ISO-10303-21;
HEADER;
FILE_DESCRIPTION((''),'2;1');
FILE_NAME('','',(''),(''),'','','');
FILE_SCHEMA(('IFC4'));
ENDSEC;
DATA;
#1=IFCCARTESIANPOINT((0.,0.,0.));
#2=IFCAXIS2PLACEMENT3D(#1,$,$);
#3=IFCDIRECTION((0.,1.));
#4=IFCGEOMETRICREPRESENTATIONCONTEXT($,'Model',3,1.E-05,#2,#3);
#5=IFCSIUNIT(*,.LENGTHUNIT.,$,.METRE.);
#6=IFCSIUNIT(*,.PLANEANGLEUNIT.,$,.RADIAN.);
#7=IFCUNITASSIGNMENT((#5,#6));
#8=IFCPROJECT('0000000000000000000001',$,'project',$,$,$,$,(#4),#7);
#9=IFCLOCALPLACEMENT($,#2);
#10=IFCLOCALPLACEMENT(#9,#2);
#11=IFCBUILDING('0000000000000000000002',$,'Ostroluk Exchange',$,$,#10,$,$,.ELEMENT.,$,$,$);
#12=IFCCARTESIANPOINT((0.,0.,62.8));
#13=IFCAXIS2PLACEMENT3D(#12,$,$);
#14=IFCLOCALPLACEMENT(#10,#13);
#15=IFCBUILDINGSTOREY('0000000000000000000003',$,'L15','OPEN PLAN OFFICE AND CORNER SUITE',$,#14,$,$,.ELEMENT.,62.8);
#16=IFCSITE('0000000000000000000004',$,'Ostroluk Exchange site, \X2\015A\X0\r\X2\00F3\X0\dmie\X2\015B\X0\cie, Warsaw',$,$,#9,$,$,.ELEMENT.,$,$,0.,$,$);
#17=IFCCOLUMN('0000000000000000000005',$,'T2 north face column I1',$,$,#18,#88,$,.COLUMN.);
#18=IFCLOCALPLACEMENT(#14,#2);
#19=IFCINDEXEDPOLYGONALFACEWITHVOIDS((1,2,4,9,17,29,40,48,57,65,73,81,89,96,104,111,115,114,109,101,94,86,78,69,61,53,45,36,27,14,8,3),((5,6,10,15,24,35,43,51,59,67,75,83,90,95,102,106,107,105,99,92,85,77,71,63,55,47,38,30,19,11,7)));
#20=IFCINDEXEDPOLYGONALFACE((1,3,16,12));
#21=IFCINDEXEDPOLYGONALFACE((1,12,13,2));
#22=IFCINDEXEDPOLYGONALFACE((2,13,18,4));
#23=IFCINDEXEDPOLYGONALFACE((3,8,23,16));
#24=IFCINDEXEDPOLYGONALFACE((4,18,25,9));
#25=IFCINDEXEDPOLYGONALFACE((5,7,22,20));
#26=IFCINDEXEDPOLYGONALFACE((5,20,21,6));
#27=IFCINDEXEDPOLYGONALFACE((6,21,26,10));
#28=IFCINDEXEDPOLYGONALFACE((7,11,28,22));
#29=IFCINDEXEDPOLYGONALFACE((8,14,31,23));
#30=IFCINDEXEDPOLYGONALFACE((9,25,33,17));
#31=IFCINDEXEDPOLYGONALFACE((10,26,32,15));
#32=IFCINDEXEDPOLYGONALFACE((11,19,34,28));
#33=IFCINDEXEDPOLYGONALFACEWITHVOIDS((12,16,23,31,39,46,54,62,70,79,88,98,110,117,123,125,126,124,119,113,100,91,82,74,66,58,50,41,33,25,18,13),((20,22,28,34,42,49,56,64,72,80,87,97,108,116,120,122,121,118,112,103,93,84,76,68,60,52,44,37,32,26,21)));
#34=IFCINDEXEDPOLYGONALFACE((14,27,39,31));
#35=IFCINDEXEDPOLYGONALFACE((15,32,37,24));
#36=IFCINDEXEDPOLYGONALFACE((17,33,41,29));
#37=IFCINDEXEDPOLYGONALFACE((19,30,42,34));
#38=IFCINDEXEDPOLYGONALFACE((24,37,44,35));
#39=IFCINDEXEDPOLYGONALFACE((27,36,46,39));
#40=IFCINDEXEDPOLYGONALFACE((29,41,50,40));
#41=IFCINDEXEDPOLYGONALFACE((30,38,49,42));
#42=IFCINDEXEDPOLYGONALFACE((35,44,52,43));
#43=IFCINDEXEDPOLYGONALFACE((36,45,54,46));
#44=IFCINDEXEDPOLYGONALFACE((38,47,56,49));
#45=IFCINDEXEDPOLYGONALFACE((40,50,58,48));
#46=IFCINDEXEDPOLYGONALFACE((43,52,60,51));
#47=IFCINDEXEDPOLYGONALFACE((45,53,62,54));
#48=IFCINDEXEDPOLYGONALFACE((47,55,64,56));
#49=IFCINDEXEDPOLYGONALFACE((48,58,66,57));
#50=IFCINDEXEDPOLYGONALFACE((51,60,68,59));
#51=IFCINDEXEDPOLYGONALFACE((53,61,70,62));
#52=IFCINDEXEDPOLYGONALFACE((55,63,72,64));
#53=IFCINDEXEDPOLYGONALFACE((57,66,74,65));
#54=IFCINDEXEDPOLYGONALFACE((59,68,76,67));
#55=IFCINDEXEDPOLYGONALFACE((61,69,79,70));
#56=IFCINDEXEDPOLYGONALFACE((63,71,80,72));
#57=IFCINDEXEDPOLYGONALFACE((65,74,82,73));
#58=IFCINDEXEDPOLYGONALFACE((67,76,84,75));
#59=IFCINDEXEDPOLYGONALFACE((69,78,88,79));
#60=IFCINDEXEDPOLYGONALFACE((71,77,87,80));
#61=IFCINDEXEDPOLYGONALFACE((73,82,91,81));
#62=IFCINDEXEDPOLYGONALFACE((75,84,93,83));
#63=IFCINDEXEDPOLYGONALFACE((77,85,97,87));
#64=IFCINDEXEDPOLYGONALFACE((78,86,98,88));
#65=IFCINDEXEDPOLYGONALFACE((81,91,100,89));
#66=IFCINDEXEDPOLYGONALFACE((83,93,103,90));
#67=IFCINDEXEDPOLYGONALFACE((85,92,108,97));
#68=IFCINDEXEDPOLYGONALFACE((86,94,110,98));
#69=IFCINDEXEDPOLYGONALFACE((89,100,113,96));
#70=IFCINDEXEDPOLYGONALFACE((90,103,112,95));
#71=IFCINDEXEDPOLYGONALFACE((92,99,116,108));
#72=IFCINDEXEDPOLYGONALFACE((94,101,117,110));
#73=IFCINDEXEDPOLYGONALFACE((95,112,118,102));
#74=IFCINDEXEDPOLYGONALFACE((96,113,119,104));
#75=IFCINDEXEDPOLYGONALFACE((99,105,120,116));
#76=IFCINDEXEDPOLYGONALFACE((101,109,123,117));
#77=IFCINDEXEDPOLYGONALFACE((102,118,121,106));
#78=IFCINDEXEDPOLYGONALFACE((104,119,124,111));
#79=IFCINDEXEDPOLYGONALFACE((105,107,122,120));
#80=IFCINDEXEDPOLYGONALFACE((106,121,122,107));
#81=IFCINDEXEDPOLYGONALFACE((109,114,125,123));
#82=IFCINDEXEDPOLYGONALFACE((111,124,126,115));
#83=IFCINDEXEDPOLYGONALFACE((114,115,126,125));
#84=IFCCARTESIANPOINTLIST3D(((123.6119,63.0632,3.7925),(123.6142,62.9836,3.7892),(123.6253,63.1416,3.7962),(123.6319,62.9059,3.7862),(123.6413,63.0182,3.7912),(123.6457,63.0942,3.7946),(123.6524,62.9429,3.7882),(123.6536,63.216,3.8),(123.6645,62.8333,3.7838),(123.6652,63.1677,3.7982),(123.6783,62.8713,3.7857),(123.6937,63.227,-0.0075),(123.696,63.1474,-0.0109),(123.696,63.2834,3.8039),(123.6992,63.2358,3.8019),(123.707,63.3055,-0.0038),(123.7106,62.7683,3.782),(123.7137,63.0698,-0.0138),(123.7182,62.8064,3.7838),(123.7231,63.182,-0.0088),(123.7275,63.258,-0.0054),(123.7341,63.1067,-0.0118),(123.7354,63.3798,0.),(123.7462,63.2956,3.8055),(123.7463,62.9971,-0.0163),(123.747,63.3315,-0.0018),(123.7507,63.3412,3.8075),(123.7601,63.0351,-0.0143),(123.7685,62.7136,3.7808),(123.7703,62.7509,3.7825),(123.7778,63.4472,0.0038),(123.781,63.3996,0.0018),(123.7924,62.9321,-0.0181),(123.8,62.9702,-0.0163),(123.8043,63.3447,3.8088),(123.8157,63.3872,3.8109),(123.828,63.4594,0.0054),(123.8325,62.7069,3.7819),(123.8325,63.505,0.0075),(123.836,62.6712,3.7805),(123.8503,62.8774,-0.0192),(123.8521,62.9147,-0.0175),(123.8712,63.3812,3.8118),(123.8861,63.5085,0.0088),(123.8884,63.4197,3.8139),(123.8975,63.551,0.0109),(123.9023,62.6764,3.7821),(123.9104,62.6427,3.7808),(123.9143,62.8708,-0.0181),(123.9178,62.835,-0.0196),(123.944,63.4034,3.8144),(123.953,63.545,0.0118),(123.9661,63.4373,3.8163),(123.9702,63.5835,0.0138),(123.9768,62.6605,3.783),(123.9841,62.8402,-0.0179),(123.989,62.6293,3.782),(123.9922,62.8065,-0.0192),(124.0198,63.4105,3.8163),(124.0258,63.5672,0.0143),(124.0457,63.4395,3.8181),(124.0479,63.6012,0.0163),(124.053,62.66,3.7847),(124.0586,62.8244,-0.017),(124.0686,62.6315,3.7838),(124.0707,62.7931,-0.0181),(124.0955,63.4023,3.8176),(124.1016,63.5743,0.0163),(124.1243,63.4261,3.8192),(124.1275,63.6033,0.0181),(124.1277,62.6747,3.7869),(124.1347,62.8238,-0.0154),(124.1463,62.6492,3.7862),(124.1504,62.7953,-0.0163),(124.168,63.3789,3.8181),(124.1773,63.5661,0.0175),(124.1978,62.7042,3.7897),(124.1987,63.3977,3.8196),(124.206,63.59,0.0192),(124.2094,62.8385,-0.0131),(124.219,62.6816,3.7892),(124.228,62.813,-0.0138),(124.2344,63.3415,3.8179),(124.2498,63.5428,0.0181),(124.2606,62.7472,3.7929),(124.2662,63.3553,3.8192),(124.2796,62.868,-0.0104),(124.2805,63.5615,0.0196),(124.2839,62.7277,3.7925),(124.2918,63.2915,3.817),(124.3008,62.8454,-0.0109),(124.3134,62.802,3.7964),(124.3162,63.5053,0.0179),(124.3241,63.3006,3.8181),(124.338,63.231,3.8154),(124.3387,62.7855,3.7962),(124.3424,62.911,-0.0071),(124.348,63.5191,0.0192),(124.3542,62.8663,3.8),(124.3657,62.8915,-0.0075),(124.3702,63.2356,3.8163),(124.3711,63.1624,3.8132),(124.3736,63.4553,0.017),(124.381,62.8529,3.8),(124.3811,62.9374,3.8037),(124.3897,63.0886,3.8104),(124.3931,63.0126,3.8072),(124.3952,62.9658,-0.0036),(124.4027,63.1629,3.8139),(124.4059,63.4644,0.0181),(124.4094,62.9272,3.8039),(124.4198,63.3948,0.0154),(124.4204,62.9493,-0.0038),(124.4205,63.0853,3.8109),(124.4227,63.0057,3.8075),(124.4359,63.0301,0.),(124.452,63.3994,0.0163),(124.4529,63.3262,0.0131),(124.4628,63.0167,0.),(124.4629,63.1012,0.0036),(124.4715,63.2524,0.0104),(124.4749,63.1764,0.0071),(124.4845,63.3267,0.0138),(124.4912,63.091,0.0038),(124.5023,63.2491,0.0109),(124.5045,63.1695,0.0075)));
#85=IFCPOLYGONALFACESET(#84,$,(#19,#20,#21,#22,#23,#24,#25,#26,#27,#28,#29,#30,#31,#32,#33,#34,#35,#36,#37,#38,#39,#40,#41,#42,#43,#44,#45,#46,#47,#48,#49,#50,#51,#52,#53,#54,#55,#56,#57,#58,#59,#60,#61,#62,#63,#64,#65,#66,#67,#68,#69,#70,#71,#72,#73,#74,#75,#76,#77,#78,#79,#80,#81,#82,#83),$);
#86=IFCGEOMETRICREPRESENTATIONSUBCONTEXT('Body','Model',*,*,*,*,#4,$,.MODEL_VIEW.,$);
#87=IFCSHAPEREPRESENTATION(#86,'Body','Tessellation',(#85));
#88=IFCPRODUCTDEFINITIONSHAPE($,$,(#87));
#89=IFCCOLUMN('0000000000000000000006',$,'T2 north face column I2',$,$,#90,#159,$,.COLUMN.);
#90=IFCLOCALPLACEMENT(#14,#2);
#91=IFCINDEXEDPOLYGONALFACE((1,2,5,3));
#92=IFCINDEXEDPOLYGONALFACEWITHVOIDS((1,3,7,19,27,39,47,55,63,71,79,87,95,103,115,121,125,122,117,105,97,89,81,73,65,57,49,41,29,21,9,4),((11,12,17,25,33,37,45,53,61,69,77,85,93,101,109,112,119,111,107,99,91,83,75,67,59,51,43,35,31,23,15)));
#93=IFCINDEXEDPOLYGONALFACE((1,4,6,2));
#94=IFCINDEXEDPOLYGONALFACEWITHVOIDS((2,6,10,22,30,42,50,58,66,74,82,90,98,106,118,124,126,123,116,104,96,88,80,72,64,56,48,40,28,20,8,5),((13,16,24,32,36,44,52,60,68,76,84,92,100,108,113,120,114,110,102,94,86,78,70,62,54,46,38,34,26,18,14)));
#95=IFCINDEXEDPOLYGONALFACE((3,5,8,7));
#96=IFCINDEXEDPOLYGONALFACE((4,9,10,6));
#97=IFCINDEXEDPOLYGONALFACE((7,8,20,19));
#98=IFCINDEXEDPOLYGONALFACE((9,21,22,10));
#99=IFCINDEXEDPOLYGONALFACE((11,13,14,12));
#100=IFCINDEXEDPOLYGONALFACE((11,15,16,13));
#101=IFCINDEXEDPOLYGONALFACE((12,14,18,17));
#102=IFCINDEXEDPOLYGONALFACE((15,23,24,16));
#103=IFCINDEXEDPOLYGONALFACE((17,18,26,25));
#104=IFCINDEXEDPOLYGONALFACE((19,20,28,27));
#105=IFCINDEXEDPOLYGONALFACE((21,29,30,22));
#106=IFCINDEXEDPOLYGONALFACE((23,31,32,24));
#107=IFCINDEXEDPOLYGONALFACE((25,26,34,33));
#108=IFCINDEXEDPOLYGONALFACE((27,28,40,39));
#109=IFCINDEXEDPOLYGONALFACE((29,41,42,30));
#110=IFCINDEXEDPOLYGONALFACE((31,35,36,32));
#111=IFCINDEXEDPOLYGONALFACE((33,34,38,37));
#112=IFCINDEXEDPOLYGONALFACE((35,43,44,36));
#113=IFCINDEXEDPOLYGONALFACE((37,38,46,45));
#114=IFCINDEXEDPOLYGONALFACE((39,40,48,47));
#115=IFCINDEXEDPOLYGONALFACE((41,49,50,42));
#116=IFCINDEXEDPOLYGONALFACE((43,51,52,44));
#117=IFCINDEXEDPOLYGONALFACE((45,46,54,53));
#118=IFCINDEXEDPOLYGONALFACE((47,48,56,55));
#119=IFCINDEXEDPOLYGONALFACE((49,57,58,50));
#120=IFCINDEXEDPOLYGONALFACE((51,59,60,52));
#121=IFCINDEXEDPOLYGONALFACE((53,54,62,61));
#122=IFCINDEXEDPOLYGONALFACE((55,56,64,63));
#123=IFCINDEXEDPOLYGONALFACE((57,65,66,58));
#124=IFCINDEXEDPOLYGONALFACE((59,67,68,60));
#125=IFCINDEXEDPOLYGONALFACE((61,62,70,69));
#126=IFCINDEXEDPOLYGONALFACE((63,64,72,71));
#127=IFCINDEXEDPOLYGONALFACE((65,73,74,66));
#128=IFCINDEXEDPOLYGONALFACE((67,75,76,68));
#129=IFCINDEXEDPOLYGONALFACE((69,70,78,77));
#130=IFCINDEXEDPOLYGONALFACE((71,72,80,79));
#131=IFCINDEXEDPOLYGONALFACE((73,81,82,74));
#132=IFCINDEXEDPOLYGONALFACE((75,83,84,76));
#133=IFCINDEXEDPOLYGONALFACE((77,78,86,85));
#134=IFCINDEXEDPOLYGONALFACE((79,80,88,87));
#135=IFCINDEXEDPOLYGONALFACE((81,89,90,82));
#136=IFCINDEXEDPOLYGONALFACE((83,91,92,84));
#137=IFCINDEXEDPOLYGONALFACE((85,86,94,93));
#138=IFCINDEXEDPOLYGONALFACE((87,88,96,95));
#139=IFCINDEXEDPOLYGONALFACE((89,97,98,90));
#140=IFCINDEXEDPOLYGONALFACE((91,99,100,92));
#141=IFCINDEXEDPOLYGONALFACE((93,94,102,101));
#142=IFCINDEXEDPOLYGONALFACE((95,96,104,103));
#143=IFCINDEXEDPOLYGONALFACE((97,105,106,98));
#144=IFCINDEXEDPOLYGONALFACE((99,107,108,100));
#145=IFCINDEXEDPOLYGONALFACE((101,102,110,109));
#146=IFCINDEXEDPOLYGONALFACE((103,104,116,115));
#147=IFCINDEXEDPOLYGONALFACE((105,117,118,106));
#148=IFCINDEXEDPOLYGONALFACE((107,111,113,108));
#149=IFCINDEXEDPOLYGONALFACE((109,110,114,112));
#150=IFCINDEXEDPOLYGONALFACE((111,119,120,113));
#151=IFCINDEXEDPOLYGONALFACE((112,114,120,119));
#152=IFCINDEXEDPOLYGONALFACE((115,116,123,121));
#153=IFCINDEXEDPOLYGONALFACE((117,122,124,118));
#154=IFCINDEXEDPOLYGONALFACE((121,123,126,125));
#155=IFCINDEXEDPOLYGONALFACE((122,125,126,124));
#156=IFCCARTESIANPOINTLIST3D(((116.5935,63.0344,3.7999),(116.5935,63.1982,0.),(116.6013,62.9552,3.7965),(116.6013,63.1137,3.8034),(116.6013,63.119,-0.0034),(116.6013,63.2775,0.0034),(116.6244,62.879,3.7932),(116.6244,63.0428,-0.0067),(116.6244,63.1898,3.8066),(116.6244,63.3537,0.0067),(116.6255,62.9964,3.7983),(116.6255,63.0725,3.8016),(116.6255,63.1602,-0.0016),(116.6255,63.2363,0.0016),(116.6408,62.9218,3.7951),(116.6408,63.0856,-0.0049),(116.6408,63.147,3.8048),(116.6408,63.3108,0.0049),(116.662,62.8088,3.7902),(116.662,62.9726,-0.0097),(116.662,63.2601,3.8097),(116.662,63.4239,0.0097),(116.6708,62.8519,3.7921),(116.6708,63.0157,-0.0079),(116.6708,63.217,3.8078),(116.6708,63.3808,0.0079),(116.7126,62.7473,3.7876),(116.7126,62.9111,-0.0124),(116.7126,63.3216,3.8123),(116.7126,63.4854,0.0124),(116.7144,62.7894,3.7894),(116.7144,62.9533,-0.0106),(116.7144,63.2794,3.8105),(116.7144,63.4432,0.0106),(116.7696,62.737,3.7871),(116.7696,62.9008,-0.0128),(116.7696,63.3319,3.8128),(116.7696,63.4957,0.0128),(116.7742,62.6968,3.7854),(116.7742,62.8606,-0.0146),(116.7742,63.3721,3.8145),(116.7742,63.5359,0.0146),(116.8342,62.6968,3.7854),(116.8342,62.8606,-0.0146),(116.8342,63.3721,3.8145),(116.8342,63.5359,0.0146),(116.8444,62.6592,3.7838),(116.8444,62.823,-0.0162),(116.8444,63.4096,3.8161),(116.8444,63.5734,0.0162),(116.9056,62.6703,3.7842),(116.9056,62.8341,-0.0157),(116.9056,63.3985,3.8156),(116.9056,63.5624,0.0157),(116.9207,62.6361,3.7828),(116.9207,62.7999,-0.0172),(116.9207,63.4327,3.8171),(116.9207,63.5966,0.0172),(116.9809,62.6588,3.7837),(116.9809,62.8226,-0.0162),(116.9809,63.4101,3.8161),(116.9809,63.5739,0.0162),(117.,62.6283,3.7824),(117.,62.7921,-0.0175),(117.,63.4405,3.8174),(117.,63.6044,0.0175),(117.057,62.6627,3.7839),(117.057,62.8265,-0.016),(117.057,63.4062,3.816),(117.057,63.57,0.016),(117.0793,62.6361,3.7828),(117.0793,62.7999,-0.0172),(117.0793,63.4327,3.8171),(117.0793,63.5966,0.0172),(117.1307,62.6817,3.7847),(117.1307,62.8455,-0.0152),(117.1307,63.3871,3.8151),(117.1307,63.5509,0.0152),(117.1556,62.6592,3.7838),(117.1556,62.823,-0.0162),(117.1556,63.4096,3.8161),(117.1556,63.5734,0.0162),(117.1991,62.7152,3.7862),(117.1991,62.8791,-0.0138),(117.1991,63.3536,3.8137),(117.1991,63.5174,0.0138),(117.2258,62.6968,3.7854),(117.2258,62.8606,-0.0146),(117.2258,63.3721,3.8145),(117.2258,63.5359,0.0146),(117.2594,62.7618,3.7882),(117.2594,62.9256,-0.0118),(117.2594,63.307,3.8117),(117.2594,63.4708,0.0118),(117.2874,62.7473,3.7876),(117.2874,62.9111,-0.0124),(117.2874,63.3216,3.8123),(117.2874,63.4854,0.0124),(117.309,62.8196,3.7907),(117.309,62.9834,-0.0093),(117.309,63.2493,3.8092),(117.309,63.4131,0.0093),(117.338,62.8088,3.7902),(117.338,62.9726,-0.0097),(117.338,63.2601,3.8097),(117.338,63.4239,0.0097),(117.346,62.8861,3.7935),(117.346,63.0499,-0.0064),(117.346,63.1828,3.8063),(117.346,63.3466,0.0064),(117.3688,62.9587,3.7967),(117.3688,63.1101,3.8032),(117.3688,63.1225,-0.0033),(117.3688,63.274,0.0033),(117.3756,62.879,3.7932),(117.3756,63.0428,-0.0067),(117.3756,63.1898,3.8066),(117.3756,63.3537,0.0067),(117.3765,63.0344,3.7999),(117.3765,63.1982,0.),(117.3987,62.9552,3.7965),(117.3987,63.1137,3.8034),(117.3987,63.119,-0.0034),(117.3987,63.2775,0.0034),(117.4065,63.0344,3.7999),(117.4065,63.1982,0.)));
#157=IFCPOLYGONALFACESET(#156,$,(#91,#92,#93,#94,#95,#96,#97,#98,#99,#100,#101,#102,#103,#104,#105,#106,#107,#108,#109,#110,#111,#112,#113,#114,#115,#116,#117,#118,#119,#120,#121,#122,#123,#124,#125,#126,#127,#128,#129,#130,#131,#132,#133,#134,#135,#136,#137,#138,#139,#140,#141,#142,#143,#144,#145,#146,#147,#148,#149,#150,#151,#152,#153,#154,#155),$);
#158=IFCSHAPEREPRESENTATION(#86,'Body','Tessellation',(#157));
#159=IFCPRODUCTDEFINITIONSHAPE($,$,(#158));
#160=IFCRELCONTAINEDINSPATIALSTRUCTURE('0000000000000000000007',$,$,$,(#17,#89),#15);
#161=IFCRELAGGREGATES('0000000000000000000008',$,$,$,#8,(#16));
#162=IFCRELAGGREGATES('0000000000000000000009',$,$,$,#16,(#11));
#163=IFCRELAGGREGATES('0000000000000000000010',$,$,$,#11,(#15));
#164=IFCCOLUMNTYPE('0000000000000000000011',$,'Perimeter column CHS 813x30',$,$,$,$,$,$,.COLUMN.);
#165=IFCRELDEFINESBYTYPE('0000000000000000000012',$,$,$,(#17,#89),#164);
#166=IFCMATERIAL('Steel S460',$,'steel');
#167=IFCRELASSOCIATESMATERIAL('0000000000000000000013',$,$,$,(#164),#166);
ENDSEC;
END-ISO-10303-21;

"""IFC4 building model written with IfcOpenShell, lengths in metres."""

from ifc_helpers import new_model, si_unit, direction, frame, origin, origin_2d, place, context, subcontext, project, spatial, hollow_circle, extrude, material, material_profile, profile_set, type_object, element, save


model = new_model("IFC4")

# Units and contexts
model_context = context("Model", 3, precision=1e-05, world=origin(), true_north=direction((0.0, 1.0)))
body_context = subcontext(model_context, "Body", "Model", "MODEL_VIEW")
ifc_project = project(units=[si_unit("LENGTHUNIT", "METRE"), si_unit("PLANEANGLEUNIT", "RADIAN")], contexts=[model_context])

# Site, building, storey
site_placement = place(None, origin())
site = spatial("IfcSite", under=ifc_project, at=site_placement, Name="Ostroluk Exchange site, Śródmieście, Warsaw", CompositionType="ELEMENT", RefElevation=0.0)
building_placement = place(site_placement, origin())
building = spatial("IfcBuilding", under=site, at=building_placement, Name="Ostroluk Exchange", CompositionType="ELEMENT")
storey_placement = place(building_placement, frame((0.0, 0.0, 62.8)))
storey = spatial("IfcBuildingStorey", under=building, at=storey_placement, Name="L15", Description="OPEN PLAN OFFICE AND CORNER SUITE", CompositionType="ELEMENT", Elevation=62.8)

# Columns
ifc_material_1 = material(Name="Steel S460", Category="steel")
ifc_material_profile_1 = material_profile(ifc_material_1, hollow_circle(Radius=0.4065, WallThickness=0.03, at=origin_2d()), Name="CHS 813x30")
ifc_profile_set_1 = profile_set([ifc_material_profile_1], Name="Steel S460")
column_type = type_object("IfcColumnType", Name="Perimeter column CHS 813x30", PredefinedType="COLUMN", material=ifc_profile_set_1)
column_1_placement = place(storey_placement, frame((124.0991, 63.1982, 0.0), z_axis=(-0.021498, -0.04306, 0.998841), x_axis=(0.894694, -0.44668, 0.0)))
element("IfcColumn", 1, at=column_1_placement, inside=storey, type_object=column_type, Name="T2 north face column I1", PredefinedType="COLUMN", context=body_context, shape_type="SweptSolid", body=[
    extrude(hollow_circle(Radius=0.4065, WallThickness=0.03, at=origin_2d()), origin(), (0.0, 0.0, 1.0), 3.8044),
])
column_2_placement = place(storey_placement, frame((117.0, 63.1982, 0.0), z_axis=(0.0, -0.04307, 0.999072), x_axis=(1.0, 0.0, 0.0)))
element("IfcColumn", 2, at=column_2_placement, inside=storey, type_object=column_type, Name="T2 north face column I2", PredefinedType="COLUMN", context=body_context, shape_type="SweptSolid", body=[
    extrude(hollow_circle(Radius=0.4065, WallThickness=0.03, at=origin_2d()), origin(), (0.0, 0.0, 1.0), 3.8035),
])

save(model, "model.ifc")
